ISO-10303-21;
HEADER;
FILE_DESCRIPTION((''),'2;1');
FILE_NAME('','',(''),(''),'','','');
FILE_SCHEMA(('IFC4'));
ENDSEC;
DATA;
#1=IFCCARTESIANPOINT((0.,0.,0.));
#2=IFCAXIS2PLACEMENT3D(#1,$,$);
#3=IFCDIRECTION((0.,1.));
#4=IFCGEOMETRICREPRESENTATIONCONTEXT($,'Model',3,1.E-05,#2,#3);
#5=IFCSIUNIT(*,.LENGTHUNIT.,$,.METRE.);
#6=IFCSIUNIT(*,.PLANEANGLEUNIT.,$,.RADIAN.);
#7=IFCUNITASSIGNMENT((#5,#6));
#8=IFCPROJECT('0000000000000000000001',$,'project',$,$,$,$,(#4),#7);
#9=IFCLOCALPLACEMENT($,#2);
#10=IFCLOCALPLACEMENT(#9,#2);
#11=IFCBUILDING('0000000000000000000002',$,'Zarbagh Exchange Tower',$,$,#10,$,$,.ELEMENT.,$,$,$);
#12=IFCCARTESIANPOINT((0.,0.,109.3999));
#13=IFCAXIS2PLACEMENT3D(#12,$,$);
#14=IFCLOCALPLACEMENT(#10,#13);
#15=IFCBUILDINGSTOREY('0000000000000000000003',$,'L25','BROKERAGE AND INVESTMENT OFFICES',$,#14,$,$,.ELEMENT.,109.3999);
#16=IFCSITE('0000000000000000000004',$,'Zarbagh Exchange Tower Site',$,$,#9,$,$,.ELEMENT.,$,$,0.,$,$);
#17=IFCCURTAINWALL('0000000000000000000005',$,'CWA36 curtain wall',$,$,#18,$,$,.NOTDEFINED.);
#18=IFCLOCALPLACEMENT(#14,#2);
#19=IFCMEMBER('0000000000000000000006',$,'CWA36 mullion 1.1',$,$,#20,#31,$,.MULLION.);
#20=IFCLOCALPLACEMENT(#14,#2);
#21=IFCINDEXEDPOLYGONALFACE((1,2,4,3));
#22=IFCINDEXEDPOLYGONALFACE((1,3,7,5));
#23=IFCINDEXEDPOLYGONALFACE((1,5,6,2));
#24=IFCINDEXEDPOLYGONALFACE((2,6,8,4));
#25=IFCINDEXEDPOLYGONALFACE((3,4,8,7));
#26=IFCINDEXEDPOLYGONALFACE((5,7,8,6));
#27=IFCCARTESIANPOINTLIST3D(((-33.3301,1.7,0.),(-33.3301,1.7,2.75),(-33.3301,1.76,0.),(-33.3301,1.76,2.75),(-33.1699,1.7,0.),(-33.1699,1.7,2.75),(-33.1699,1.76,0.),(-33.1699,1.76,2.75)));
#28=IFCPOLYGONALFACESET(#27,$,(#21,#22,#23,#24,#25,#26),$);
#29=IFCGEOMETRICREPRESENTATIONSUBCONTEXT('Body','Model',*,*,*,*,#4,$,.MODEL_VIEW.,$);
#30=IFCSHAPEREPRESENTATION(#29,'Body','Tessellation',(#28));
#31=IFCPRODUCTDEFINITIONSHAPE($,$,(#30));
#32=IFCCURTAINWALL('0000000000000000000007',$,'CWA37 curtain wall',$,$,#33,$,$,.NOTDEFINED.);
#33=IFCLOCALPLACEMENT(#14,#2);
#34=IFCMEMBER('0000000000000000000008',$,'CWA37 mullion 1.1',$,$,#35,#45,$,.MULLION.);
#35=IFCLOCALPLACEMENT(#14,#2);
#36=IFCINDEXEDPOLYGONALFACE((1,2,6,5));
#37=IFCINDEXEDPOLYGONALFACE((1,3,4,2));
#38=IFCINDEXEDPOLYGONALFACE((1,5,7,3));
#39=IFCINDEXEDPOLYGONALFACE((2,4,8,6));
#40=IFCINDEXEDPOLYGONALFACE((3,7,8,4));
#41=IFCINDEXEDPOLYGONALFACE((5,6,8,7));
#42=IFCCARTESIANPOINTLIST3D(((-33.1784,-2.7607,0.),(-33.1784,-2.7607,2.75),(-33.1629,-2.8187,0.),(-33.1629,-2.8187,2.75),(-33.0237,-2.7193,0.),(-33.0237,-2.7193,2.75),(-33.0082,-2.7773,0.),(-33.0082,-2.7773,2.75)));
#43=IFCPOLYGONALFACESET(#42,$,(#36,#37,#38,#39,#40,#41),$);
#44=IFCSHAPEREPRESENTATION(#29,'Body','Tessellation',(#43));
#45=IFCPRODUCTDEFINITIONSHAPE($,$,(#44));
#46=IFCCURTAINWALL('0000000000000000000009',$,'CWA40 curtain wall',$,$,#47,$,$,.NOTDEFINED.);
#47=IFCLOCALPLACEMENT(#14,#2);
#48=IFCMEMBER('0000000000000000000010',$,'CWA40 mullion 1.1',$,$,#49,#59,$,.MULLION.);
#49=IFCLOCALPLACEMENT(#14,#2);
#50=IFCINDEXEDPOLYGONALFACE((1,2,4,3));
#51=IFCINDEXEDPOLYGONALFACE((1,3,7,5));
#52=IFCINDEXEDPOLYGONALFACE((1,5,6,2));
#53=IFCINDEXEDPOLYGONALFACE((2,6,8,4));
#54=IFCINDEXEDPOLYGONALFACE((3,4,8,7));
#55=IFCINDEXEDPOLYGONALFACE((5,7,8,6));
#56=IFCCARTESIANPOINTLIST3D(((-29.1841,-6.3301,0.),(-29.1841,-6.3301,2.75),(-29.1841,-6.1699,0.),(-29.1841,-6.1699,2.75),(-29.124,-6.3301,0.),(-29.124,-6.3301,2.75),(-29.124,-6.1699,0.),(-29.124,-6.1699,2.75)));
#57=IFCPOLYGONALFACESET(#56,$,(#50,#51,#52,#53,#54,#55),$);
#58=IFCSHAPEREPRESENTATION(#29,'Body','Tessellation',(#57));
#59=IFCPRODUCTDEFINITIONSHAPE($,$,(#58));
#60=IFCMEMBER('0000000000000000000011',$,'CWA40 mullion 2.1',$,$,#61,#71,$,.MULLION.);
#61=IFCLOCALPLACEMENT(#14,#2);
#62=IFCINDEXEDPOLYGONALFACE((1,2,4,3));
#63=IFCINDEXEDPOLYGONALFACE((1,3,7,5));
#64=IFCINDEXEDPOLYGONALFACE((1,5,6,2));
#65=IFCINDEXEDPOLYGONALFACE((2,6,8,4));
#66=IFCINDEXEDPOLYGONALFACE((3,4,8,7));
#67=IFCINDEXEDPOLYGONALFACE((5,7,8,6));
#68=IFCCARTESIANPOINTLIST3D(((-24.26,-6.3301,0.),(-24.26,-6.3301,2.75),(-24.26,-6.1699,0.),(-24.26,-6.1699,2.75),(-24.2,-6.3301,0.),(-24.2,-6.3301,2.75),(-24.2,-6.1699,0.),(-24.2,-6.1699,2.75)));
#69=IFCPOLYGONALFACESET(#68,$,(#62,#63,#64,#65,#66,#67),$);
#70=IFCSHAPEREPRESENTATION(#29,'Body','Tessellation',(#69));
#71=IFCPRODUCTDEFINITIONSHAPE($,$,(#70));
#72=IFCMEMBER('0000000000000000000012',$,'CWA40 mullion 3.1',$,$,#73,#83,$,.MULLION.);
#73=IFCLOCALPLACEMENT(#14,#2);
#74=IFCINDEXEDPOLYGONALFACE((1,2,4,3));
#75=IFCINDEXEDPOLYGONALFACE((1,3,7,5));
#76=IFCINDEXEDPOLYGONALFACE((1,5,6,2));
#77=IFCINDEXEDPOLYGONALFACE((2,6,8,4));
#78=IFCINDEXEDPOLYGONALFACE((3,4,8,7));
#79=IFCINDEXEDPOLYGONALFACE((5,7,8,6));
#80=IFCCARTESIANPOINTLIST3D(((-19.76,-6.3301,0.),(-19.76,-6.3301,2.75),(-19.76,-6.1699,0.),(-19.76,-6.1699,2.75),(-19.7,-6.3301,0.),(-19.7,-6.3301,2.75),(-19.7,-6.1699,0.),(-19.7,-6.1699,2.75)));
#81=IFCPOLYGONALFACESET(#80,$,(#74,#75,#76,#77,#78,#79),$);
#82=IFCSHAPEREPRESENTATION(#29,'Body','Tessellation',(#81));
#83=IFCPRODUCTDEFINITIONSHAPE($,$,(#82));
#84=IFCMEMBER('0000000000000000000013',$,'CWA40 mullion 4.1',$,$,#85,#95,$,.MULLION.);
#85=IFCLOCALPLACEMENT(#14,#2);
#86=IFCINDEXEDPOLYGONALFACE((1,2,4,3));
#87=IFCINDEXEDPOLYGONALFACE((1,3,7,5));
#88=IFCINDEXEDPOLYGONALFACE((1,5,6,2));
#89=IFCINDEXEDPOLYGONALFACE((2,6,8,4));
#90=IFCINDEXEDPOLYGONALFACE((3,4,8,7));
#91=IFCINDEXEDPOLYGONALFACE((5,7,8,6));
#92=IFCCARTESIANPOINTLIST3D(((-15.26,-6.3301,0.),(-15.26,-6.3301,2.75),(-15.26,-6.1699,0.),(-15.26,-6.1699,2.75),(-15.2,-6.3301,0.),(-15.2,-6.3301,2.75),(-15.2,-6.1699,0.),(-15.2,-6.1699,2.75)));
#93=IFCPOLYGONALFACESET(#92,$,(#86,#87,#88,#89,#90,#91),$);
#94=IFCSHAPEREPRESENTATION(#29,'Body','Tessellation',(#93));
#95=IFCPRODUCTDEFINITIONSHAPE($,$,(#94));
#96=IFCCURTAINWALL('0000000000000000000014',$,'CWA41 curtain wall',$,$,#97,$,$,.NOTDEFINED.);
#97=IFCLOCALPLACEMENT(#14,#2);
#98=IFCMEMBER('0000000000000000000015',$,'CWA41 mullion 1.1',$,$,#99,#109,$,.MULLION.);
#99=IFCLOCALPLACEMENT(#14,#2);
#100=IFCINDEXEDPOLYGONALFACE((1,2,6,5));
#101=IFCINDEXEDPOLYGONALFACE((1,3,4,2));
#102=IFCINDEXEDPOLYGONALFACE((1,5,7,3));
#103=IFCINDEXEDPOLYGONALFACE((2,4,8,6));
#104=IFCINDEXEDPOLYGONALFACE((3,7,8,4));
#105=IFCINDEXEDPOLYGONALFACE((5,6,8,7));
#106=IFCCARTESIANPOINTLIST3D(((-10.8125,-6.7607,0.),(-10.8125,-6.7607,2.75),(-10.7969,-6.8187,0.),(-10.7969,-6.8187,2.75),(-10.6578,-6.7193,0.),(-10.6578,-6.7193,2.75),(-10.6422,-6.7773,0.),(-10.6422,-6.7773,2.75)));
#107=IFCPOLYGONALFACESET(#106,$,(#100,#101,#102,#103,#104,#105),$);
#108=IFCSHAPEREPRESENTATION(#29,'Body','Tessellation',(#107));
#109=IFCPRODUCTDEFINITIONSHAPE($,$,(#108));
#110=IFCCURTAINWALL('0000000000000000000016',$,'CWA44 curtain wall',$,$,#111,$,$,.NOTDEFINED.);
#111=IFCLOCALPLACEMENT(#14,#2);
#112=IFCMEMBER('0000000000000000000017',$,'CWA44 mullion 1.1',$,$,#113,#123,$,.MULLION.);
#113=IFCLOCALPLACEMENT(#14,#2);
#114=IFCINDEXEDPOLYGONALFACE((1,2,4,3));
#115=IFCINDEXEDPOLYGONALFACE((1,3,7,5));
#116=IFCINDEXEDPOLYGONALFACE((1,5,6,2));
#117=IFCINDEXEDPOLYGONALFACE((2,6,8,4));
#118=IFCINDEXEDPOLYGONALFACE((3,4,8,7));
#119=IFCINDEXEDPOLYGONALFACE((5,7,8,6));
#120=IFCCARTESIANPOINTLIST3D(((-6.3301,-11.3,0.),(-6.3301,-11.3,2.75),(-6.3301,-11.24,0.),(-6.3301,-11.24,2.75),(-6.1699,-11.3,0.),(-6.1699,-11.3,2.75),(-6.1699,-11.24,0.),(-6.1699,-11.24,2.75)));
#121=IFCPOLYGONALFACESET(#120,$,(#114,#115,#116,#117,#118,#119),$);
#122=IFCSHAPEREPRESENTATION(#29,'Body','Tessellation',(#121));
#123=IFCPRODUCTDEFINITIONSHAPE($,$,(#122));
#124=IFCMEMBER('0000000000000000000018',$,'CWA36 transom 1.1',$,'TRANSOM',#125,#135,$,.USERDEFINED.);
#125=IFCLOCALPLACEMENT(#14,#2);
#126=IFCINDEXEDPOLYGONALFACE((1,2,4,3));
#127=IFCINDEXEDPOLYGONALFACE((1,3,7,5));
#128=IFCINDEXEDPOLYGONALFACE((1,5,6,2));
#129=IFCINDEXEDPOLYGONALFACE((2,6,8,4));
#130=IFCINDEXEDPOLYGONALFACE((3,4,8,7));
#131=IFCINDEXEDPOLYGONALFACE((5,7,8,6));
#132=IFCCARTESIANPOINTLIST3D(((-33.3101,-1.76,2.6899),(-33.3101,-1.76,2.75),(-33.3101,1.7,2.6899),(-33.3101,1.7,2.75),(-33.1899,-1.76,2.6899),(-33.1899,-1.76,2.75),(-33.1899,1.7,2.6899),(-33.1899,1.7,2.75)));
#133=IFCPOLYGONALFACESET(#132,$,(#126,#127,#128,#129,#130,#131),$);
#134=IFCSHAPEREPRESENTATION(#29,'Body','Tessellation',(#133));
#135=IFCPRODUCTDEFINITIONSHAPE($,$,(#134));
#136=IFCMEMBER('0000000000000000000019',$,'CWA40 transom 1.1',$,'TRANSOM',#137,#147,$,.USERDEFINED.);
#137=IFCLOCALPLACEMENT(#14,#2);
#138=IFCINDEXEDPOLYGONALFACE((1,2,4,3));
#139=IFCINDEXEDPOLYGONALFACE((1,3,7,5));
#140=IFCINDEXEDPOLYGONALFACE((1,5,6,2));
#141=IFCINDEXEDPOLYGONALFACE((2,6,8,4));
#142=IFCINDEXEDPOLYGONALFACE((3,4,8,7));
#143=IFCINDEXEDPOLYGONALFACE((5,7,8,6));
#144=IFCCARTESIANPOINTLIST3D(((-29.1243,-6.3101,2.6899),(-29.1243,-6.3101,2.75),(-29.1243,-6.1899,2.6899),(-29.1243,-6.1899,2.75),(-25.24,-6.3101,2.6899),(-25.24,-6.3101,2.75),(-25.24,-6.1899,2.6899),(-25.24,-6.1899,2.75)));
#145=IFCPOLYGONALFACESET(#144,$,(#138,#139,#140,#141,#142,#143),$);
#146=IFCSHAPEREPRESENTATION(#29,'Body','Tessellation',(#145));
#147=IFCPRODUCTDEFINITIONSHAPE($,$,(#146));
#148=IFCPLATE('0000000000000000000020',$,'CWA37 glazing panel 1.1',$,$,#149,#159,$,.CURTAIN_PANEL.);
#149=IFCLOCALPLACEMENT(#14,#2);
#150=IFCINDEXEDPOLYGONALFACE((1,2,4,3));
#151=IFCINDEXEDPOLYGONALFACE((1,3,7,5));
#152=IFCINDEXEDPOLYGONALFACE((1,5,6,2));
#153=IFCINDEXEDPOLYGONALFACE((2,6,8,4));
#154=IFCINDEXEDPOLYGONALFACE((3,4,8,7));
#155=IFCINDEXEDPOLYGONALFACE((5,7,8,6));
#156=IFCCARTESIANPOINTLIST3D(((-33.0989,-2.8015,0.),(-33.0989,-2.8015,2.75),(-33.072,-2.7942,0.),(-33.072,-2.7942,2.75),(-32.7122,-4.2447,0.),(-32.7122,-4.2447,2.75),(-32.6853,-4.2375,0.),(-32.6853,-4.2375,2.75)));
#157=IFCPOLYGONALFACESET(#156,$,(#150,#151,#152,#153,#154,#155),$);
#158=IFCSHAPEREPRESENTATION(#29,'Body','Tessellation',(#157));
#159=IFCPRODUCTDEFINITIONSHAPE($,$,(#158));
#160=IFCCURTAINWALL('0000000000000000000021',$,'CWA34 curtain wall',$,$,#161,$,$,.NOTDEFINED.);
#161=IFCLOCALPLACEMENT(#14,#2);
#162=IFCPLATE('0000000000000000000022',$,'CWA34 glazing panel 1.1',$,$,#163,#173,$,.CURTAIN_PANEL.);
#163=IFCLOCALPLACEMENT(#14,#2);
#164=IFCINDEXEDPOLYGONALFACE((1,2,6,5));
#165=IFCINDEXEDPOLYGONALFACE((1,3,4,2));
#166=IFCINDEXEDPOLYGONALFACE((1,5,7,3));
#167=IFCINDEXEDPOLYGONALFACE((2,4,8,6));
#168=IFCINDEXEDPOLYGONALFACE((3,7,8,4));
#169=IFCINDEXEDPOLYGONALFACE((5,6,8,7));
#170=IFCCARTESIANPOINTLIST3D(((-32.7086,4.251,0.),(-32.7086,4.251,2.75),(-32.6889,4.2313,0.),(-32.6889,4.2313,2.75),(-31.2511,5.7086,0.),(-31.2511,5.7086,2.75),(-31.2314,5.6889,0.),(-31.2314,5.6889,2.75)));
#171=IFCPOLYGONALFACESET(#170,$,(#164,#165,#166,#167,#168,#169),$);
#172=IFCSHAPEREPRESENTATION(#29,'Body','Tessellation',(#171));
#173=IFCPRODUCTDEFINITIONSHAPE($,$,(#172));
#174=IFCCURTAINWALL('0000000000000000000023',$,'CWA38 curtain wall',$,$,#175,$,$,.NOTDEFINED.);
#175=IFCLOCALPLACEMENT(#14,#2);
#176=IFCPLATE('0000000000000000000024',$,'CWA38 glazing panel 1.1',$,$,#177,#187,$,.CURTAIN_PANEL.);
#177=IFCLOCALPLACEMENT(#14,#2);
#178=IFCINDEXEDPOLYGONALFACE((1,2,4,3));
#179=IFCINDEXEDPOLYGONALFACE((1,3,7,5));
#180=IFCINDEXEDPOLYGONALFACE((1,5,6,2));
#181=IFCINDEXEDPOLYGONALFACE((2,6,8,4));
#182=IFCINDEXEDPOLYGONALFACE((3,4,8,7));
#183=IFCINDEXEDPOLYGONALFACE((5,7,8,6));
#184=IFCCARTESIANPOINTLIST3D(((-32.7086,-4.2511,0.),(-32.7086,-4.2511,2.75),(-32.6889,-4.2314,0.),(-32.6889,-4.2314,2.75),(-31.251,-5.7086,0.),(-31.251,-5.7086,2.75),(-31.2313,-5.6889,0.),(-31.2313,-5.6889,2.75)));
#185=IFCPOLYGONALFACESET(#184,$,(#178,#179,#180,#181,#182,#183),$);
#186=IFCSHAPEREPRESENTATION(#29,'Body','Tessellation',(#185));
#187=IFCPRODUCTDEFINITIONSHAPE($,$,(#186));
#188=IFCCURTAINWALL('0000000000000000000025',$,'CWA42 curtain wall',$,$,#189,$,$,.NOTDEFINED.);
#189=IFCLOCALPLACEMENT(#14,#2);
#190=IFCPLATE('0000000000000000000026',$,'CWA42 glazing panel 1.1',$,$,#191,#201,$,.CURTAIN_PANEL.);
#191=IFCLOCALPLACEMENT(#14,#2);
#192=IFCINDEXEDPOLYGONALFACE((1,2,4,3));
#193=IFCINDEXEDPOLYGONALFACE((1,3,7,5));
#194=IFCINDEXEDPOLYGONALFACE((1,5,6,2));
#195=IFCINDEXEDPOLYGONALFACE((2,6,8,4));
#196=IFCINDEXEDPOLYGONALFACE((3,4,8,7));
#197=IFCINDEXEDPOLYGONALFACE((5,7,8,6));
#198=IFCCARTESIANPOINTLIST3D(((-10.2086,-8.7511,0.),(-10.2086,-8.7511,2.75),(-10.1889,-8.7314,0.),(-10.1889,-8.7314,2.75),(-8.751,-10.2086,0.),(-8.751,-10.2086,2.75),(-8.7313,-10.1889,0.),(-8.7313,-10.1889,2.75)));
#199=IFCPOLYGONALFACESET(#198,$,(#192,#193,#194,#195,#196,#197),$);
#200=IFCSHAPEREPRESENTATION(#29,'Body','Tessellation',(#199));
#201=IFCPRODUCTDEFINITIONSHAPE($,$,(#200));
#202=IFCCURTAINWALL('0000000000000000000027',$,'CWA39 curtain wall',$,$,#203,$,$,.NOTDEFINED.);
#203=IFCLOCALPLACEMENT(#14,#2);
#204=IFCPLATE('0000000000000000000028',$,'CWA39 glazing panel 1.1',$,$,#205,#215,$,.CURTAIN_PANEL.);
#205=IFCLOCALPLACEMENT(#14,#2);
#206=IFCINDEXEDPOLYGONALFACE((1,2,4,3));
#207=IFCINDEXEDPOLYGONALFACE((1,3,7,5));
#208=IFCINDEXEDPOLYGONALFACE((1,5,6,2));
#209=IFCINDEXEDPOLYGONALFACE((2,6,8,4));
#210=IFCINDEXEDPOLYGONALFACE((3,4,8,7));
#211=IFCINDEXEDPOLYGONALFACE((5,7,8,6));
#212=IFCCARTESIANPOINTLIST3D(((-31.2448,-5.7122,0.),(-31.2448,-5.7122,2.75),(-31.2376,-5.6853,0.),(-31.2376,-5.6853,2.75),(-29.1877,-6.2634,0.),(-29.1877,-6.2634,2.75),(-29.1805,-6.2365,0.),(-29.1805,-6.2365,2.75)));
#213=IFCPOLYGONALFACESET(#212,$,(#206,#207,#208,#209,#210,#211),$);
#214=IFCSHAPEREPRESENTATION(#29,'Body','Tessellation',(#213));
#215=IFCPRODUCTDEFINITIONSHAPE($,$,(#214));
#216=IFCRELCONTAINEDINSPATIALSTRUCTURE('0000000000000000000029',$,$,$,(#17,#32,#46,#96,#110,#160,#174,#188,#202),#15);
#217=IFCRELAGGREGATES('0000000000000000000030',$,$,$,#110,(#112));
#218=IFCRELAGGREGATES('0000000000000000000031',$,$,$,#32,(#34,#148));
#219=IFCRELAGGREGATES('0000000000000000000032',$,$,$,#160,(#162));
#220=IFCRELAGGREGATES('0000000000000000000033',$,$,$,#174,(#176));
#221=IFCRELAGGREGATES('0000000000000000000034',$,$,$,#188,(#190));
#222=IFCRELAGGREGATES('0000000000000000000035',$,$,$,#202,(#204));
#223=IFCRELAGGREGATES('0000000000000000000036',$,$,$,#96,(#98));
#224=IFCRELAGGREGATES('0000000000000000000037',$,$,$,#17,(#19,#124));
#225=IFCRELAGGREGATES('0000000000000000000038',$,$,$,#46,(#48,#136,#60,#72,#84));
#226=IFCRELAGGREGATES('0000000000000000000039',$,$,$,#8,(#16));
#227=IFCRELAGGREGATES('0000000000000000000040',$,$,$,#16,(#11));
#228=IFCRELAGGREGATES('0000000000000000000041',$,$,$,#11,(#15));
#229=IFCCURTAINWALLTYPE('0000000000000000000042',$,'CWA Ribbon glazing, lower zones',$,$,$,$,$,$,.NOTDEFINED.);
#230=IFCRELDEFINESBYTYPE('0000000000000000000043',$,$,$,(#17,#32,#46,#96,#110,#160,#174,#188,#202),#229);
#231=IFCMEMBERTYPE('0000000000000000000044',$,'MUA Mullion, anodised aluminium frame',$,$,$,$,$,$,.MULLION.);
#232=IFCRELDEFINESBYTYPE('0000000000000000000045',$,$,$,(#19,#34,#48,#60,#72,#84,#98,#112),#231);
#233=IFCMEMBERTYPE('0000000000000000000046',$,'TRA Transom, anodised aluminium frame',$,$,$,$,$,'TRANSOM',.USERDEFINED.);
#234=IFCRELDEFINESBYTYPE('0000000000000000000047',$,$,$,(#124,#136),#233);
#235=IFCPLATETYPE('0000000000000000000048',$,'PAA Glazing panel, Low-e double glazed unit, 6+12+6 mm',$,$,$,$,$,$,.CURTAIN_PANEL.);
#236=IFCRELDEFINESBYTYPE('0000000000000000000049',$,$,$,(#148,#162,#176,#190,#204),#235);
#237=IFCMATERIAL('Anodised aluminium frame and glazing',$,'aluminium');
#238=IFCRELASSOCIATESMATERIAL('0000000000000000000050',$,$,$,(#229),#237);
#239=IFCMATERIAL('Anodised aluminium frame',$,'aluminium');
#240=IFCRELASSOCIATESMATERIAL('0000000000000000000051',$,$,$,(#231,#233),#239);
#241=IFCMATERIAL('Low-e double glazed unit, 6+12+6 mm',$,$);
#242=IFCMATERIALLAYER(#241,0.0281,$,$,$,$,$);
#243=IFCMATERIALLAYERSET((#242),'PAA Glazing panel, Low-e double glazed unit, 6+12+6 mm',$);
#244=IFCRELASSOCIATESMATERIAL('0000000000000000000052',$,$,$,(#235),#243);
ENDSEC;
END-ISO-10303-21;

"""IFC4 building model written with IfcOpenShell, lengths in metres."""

from ifc_helpers import new_model, si_unit, direction, frame, origin, place, context, subcontext, project, spatial, polyline, outline, extrude, source, transform, mapped, material, layer, layer_set, type_object, element, aggregate, save


model = new_model("IFC4")

# Units and contexts
model_context = context("Model", 3, precision=1e-05, world=origin(), true_north=direction((0.0, 1.0)))
body_context = subcontext(model_context, "Body", "Model", "MODEL_VIEW")
ifc_project = project(units=[si_unit("LENGTHUNIT", "METRE"), si_unit("PLANEANGLEUNIT", "RADIAN")], contexts=[model_context])

# Site, building, storey
site_placement = place(None, origin())
site = spatial("IfcSite", under=ifc_project, at=site_placement, Name="Zarbagh Exchange Tower Site", CompositionType="ELEMENT", RefElevation=0.0)
building_placement = place(site_placement, origin())
building = spatial("IfcBuilding", under=site, at=building_placement, Name="Zarbagh Exchange Tower", CompositionType="ELEMENT")
storey_placement = place(building_placement, frame((0.0, 0.0, 109.3999)))
storey = spatial("IfcBuildingStorey", under=building, at=storey_placement, Name="L25", Description="BROKERAGE AND INVESTMENT OFFICES", CompositionType="ELEMENT", Elevation=109.3999)

# Curtain walls, members
ifc_material_1 = material(Name="Anodised aluminium frame and glazing", Category="aluminium")
curtain_wall_type = type_object("IfcCurtainWallType", Name="CWA Ribbon glazing, lower zones", PredefinedType="NOTDEFINED", material=ifc_material_1)
curtain_wall_1_placement = place(storey_placement, origin())
curtain_wall_1 = element("IfcCurtainWall", 1, at=curtain_wall_1_placement, inside=storey, type_object=curtain_wall_type, Name="CWA36 curtain wall", PredefinedType="NOTDEFINED")
ifc_material_2 = material(Name="Anodised aluminium frame", Category="aluminium")
member_type_1 = type_object("IfcMemberType", Name="MUA Mullion, anodised aluminium frame", PredefinedType="MULLION", material=ifc_material_2)
shared_shape_1 = source(origin(), body_context, "Body", "SweptSolid", [
    extrude(outline(polyline([(0.0, -0.0801), (0.0601, -0.0801), (0.0601, 0.0801), (0.0, 0.0801), (0.0, -0.0801)])), origin(), (0.0, 0.0, 1.0), 2.75),
])
placement = place(storey_placement, origin())
member_1 = element("IfcMember", 2, at=placement, type_object=member_type_1, Name="CWA36 mullion 1.1", PredefinedType="MULLION", context=body_context, shape_type="MappedRepresentation", body=[
    mapped(shared_shape_1, transform((-33.25, 1.76, 0.0), x_axis=(0.0, -1.0, 0.0), y_axis=(1.0, 0.0, 0.0), z_axis=(0.0, 0.0, 1.0))),
])
curtain_wall_2_placement = place(storey_placement, origin())
curtain_wall_2 = element("IfcCurtainWall", 3, at=curtain_wall_2_placement, inside=storey, type_object=curtain_wall_type, Name="CWA37 curtain wall", PredefinedType="NOTDEFINED")
member_2 = element("IfcMember", 4, at=placement, type_object=member_type_1, Name="CWA37 mullion 1.1", PredefinedType="MULLION", context=body_context, shape_type="MappedRepresentation", body=[
    mapped(shared_shape_1, transform((-33.1011, -2.74, 0.0), x_axis=(0.258825, -0.965924, 0.0), y_axis=(0.965924, 0.258825, 0.0), z_axis=(0.0, 0.0, 1.0))),
])

# Curtain wall, members
curtain_wall_3_placement = place(storey_placement, origin())
curtain_wall_3 = element("IfcCurtainWall", 5, at=curtain_wall_3_placement, inside=storey, type_object=curtain_wall_type, Name="CWA40 curtain wall", PredefinedType="NOTDEFINED")
member_3 = element("IfcMember", 6, at=placement, type_object=member_type_1, Name="CWA40 mullion 1.1", PredefinedType="MULLION", context=body_context, shape_type="MappedRepresentation", body=[
    mapped(shared_shape_1, transform((-29.1841, -6.25, 0.0), x_axis=(1.0, 0.0, 0.0), y_axis=(0.0, 1.0, 0.0), z_axis=(0.0, 0.0, 1.0))),
])
member_4 = element("IfcMember", 7, at=placement, type_object=member_type_1, Name="CWA40 mullion 2.1", PredefinedType="MULLION", context=body_context, shape_type="MappedRepresentation", body=[
    mapped(shared_shape_1, transform((-24.26, -6.25, 0.0), x_axis=(1.0, 0.0, 0.0), y_axis=(0.0, 1.0, 0.0), z_axis=(0.0, 0.0, 1.0))),
])
member_5 = element("IfcMember", 8, at=placement, type_object=member_type_1, Name="CWA40 mullion 3.1", PredefinedType="MULLION", context=body_context, shape_type="MappedRepresentation", body=[
    mapped(shared_shape_1, transform((-19.76, -6.25, 0.0), x_axis=(1.0, 0.0, 0.0), y_axis=(0.0, 1.0, 0.0), z_axis=(0.0, 0.0, 1.0))),
])
member_6 = element("IfcMember", 9, at=placement, type_object=member_type_1, Name="CWA40 mullion 4.1", PredefinedType="MULLION", context=body_context, shape_type="MappedRepresentation", body=[
    mapped(shared_shape_1, transform((-15.26, -6.25, 0.0), x_axis=(1.0, 0.0, 0.0), y_axis=(0.0, 1.0, 0.0), z_axis=(0.0, 0.0, 1.0))),
])

# Curtain walls, members
curtain_wall_4_placement = place(storey_placement, origin())
curtain_wall_4 = element("IfcCurtainWall", 10, at=curtain_wall_4_placement, inside=storey, type_object=curtain_wall_type, Name="CWA41 curtain wall", PredefinedType="NOTDEFINED")
member_7 = element("IfcMember", 11, at=placement, type_object=member_type_1, Name="CWA41 mullion 1.1", PredefinedType="MULLION", context=body_context, shape_type="MappedRepresentation", body=[
    mapped(shared_shape_1, transform((-10.7351, -6.74, 0.0), x_axis=(0.258825, -0.965924, 0.0), y_axis=(0.965924, 0.258825, 0.0), z_axis=(0.0, 0.0, 1.0))),
])
curtain_wall_5_placement = place(storey_placement, origin())
curtain_wall_5 = element("IfcCurtainWall", 12, at=curtain_wall_5_placement, inside=storey, type_object=curtain_wall_type, Name="CWA44 curtain wall", PredefinedType="NOTDEFINED")
member_8 = element("IfcMember", 13, at=placement, type_object=member_type_1, Name="CWA44 mullion 1.1", PredefinedType="MULLION", context=body_context, shape_type="MappedRepresentation", body=[
    mapped(shared_shape_1, transform((-6.25, -11.24, 0.0), x_axis=(0.0, -1.0, 0.0), y_axis=(1.0, 0.0, 0.0), z_axis=(0.0, 0.0, 1.0))),
])
aggregate(curtain_wall_5, [member_8])

# Members
member_type_2 = type_object("IfcMemberType", Name="TRA Transom, anodised aluminium frame", ElementType="TRANSOM", PredefinedType="USERDEFINED", material=ifc_material_2)
shared_shape_2 = source(origin(), body_context, "Body", "SweptSolid", [
    extrude(outline(polyline([(-0.0601, -0.0601), (0.0, -0.0601), (0.0, 0.0601), (-0.0601, 0.0601), (-0.0601, -0.0601)])), origin(), (0.0, 0.0, 1.0), 3.46),
])
member_9 = element("IfcMember", 14, at=placement, type_object=member_type_2, Name="CWA36 transom 1.1", ObjectType="TRANSOM", PredefinedType="USERDEFINED", context=body_context, shape_type="MappedRepresentation", body=[
    mapped(shared_shape_2, transform((-33.25, 1.7, 2.75), x_axis=(0.0, 0.0, 1.0), y_axis=(-1.0, 0.0, 0.0), z_axis=(0.0, -1.0, 0.0))),
])
shared_shape_3 = source(origin(), body_context, "Body", "SweptSolid", [
    extrude(outline(polyline([(-0.0601, -0.0601), (0.0, -0.0601), (0.0, 0.0601), (-0.0601, 0.0601), (-0.0601, -0.0601)])), origin(), (0.0, 0.0, 1.0), 3.8843),
])
member_10 = element("IfcMember", 15, at=placement, type_object=member_type_2, Name="CWA40 transom 1.1", ObjectType="TRANSOM", PredefinedType="USERDEFINED", context=body_context, shape_type="MappedRepresentation", body=[
    mapped(shared_shape_3, transform((-29.1243, -6.25, 2.75), x_axis=(0.0, 0.0, 1.0), y_axis=(0.0, -1.0, 0.0), z_axis=(1.0, 0.0, 0.0))),
])

# Plate
ifc_material_3 = material(Name="Low-e double glazed unit, 6+12+6 mm")
ifc_layer = layer(ifc_material_3, 0.0281)
ifc_layer_set = layer_set([ifc_layer], Name="PAA Glazing panel, Low-e double glazed unit, 6+12+6 mm")
plate_type = type_object("IfcPlateType", Name="PAA Glazing panel, Low-e double glazed unit, 6+12+6 mm", PredefinedType="CURTAIN_PANEL", material=ifc_layer_set)
shared_shape_4 = source(origin(), body_context, "Body", "SweptSolid", [
    extrude(outline(polyline([(0.0, -0.0139), (1.4941, -0.0139), (1.4941, 0.0139), (0.0, 0.0139), (0.0, -0.0139)])), origin(), (0.0, 0.0, 1.0), 2.75),
])
plate_1 = element("IfcPlate", 16, at=placement, type_object=plate_type, Name="CWA37 glazing panel 1.1", PredefinedType="CURTAIN_PANEL", context=body_context, shape_type="MappedRepresentation", body=[
    mapped(shared_shape_4, transform((-33.0854, -2.7979, 0.0), x_axis=(0.258825, -0.965924, 0.0), y_axis=(0.965924, 0.258825, 0.0), z_axis=(0.0, 0.0, 1.0))),
])
aggregate(curtain_wall_2, [member_2, plate_1])

# Curtain walls, plates
curtain_wall_6_placement = place(storey_placement, origin())
curtain_wall_6 = element("IfcCurtainWall", 17, at=curtain_wall_6_placement, inside=storey, type_object=curtain_wall_type, Name="CWA34 curtain wall", PredefinedType="NOTDEFINED")
shared_shape_5 = source(origin(), body_context, "Body", "SweptSolid", [
    extrude(outline(polyline([(0.0, -0.0139), (2.0613, -0.0139), (2.0613, 0.0139), (0.0, 0.0139), (0.0, -0.0139)])), origin(), (0.0, 0.0, 1.0), 2.75),
])
plate_2 = element("IfcPlate", 18, at=placement, type_object=plate_type, Name="CWA34 glazing panel 1.1", PredefinedType="CURTAIN_PANEL", context=body_context, shape_type="MappedRepresentation", body=[
    mapped(shared_shape_5, transform((-31.2412, 5.6987, 0.0), x_axis=(-0.707107, -0.707107, 0.0), y_axis=(0.707107, -0.707107, 0.0), z_axis=(0.0, 0.0, 1.0))),
])
aggregate(curtain_wall_6, [plate_2])
curtain_wall_7_placement = place(storey_placement, origin())
curtain_wall_7 = element("IfcCurtainWall", 19, at=curtain_wall_7_placement, inside=storey, type_object=curtain_wall_type, Name="CWA38 curtain wall", PredefinedType="NOTDEFINED")
plate_3 = element("IfcPlate", 20, at=placement, type_object=plate_type, Name="CWA38 glazing panel 1.1", PredefinedType="CURTAIN_PANEL", context=body_context, shape_type="MappedRepresentation", body=[
    mapped(shared_shape_5, transform((-32.6987, -4.2412, 0.0), x_axis=(0.707107, -0.707107, 0.0), y_axis=(0.707107, 0.707107, 0.0), z_axis=(0.0, 0.0, 1.0))),
])
aggregate(curtain_wall_7, [plate_3])
curtain_wall_8_placement = place(storey_placement, origin())
curtain_wall_8 = element("IfcCurtainWall", 21, at=curtain_wall_8_placement, inside=storey, type_object=curtain_wall_type, Name="CWA42 curtain wall", PredefinedType="NOTDEFINED")
plate_4 = element("IfcPlate", 22, at=placement, type_object=plate_type, Name="CWA42 glazing panel 1.1", PredefinedType="CURTAIN_PANEL", context=body_context, shape_type="MappedRepresentation", body=[
    mapped(shared_shape_5, transform((-10.1987, -8.7412, 0.0), x_axis=(0.707107, -0.707107, 0.0), y_axis=(0.707107, 0.707107, 0.0), z_axis=(0.0, 0.0, 1.0))),
])
aggregate(curtain_wall_8, [plate_4])
curtain_wall_9_placement = place(storey_placement, origin())
curtain_wall_9 = element("IfcCurtainWall", 23, at=curtain_wall_9_placement, inside=storey, type_object=curtain_wall_type, Name="CWA39 curtain wall", PredefinedType="NOTDEFINED")
shared_shape_6 = source(origin(), body_context, "Body", "SweptSolid", [
    extrude(outline(polyline([(0.0, -0.0139), (2.1296, -0.0139), (2.1296, 0.0139), (0.0, 0.0139), (0.0, -0.0139)])), origin(), (0.0, 0.0, 1.0), 2.75),
])
plate_5 = element("IfcPlate", 24, at=placement, type_object=plate_type, Name="CWA39 glazing panel 1.1", PredefinedType="CURTAIN_PANEL", context=body_context, shape_type="MappedRepresentation", body=[
    mapped(shared_shape_6, transform((-31.2412, -5.6987, 0.0), x_axis=(0.965924, -0.258825, 0.0), y_axis=(0.258825, 0.965924, 0.0), z_axis=(0.0, 0.0, 1.0))),
])
aggregate(curtain_wall_9, [plate_5])

aggregate(curtain_wall_4, [member_7])

aggregate(curtain_wall_1, [member_1, member_9])
aggregate(curtain_wall_3, [member_3, member_10, member_4, member_5, member_6])

save(model, "model.ifc")
